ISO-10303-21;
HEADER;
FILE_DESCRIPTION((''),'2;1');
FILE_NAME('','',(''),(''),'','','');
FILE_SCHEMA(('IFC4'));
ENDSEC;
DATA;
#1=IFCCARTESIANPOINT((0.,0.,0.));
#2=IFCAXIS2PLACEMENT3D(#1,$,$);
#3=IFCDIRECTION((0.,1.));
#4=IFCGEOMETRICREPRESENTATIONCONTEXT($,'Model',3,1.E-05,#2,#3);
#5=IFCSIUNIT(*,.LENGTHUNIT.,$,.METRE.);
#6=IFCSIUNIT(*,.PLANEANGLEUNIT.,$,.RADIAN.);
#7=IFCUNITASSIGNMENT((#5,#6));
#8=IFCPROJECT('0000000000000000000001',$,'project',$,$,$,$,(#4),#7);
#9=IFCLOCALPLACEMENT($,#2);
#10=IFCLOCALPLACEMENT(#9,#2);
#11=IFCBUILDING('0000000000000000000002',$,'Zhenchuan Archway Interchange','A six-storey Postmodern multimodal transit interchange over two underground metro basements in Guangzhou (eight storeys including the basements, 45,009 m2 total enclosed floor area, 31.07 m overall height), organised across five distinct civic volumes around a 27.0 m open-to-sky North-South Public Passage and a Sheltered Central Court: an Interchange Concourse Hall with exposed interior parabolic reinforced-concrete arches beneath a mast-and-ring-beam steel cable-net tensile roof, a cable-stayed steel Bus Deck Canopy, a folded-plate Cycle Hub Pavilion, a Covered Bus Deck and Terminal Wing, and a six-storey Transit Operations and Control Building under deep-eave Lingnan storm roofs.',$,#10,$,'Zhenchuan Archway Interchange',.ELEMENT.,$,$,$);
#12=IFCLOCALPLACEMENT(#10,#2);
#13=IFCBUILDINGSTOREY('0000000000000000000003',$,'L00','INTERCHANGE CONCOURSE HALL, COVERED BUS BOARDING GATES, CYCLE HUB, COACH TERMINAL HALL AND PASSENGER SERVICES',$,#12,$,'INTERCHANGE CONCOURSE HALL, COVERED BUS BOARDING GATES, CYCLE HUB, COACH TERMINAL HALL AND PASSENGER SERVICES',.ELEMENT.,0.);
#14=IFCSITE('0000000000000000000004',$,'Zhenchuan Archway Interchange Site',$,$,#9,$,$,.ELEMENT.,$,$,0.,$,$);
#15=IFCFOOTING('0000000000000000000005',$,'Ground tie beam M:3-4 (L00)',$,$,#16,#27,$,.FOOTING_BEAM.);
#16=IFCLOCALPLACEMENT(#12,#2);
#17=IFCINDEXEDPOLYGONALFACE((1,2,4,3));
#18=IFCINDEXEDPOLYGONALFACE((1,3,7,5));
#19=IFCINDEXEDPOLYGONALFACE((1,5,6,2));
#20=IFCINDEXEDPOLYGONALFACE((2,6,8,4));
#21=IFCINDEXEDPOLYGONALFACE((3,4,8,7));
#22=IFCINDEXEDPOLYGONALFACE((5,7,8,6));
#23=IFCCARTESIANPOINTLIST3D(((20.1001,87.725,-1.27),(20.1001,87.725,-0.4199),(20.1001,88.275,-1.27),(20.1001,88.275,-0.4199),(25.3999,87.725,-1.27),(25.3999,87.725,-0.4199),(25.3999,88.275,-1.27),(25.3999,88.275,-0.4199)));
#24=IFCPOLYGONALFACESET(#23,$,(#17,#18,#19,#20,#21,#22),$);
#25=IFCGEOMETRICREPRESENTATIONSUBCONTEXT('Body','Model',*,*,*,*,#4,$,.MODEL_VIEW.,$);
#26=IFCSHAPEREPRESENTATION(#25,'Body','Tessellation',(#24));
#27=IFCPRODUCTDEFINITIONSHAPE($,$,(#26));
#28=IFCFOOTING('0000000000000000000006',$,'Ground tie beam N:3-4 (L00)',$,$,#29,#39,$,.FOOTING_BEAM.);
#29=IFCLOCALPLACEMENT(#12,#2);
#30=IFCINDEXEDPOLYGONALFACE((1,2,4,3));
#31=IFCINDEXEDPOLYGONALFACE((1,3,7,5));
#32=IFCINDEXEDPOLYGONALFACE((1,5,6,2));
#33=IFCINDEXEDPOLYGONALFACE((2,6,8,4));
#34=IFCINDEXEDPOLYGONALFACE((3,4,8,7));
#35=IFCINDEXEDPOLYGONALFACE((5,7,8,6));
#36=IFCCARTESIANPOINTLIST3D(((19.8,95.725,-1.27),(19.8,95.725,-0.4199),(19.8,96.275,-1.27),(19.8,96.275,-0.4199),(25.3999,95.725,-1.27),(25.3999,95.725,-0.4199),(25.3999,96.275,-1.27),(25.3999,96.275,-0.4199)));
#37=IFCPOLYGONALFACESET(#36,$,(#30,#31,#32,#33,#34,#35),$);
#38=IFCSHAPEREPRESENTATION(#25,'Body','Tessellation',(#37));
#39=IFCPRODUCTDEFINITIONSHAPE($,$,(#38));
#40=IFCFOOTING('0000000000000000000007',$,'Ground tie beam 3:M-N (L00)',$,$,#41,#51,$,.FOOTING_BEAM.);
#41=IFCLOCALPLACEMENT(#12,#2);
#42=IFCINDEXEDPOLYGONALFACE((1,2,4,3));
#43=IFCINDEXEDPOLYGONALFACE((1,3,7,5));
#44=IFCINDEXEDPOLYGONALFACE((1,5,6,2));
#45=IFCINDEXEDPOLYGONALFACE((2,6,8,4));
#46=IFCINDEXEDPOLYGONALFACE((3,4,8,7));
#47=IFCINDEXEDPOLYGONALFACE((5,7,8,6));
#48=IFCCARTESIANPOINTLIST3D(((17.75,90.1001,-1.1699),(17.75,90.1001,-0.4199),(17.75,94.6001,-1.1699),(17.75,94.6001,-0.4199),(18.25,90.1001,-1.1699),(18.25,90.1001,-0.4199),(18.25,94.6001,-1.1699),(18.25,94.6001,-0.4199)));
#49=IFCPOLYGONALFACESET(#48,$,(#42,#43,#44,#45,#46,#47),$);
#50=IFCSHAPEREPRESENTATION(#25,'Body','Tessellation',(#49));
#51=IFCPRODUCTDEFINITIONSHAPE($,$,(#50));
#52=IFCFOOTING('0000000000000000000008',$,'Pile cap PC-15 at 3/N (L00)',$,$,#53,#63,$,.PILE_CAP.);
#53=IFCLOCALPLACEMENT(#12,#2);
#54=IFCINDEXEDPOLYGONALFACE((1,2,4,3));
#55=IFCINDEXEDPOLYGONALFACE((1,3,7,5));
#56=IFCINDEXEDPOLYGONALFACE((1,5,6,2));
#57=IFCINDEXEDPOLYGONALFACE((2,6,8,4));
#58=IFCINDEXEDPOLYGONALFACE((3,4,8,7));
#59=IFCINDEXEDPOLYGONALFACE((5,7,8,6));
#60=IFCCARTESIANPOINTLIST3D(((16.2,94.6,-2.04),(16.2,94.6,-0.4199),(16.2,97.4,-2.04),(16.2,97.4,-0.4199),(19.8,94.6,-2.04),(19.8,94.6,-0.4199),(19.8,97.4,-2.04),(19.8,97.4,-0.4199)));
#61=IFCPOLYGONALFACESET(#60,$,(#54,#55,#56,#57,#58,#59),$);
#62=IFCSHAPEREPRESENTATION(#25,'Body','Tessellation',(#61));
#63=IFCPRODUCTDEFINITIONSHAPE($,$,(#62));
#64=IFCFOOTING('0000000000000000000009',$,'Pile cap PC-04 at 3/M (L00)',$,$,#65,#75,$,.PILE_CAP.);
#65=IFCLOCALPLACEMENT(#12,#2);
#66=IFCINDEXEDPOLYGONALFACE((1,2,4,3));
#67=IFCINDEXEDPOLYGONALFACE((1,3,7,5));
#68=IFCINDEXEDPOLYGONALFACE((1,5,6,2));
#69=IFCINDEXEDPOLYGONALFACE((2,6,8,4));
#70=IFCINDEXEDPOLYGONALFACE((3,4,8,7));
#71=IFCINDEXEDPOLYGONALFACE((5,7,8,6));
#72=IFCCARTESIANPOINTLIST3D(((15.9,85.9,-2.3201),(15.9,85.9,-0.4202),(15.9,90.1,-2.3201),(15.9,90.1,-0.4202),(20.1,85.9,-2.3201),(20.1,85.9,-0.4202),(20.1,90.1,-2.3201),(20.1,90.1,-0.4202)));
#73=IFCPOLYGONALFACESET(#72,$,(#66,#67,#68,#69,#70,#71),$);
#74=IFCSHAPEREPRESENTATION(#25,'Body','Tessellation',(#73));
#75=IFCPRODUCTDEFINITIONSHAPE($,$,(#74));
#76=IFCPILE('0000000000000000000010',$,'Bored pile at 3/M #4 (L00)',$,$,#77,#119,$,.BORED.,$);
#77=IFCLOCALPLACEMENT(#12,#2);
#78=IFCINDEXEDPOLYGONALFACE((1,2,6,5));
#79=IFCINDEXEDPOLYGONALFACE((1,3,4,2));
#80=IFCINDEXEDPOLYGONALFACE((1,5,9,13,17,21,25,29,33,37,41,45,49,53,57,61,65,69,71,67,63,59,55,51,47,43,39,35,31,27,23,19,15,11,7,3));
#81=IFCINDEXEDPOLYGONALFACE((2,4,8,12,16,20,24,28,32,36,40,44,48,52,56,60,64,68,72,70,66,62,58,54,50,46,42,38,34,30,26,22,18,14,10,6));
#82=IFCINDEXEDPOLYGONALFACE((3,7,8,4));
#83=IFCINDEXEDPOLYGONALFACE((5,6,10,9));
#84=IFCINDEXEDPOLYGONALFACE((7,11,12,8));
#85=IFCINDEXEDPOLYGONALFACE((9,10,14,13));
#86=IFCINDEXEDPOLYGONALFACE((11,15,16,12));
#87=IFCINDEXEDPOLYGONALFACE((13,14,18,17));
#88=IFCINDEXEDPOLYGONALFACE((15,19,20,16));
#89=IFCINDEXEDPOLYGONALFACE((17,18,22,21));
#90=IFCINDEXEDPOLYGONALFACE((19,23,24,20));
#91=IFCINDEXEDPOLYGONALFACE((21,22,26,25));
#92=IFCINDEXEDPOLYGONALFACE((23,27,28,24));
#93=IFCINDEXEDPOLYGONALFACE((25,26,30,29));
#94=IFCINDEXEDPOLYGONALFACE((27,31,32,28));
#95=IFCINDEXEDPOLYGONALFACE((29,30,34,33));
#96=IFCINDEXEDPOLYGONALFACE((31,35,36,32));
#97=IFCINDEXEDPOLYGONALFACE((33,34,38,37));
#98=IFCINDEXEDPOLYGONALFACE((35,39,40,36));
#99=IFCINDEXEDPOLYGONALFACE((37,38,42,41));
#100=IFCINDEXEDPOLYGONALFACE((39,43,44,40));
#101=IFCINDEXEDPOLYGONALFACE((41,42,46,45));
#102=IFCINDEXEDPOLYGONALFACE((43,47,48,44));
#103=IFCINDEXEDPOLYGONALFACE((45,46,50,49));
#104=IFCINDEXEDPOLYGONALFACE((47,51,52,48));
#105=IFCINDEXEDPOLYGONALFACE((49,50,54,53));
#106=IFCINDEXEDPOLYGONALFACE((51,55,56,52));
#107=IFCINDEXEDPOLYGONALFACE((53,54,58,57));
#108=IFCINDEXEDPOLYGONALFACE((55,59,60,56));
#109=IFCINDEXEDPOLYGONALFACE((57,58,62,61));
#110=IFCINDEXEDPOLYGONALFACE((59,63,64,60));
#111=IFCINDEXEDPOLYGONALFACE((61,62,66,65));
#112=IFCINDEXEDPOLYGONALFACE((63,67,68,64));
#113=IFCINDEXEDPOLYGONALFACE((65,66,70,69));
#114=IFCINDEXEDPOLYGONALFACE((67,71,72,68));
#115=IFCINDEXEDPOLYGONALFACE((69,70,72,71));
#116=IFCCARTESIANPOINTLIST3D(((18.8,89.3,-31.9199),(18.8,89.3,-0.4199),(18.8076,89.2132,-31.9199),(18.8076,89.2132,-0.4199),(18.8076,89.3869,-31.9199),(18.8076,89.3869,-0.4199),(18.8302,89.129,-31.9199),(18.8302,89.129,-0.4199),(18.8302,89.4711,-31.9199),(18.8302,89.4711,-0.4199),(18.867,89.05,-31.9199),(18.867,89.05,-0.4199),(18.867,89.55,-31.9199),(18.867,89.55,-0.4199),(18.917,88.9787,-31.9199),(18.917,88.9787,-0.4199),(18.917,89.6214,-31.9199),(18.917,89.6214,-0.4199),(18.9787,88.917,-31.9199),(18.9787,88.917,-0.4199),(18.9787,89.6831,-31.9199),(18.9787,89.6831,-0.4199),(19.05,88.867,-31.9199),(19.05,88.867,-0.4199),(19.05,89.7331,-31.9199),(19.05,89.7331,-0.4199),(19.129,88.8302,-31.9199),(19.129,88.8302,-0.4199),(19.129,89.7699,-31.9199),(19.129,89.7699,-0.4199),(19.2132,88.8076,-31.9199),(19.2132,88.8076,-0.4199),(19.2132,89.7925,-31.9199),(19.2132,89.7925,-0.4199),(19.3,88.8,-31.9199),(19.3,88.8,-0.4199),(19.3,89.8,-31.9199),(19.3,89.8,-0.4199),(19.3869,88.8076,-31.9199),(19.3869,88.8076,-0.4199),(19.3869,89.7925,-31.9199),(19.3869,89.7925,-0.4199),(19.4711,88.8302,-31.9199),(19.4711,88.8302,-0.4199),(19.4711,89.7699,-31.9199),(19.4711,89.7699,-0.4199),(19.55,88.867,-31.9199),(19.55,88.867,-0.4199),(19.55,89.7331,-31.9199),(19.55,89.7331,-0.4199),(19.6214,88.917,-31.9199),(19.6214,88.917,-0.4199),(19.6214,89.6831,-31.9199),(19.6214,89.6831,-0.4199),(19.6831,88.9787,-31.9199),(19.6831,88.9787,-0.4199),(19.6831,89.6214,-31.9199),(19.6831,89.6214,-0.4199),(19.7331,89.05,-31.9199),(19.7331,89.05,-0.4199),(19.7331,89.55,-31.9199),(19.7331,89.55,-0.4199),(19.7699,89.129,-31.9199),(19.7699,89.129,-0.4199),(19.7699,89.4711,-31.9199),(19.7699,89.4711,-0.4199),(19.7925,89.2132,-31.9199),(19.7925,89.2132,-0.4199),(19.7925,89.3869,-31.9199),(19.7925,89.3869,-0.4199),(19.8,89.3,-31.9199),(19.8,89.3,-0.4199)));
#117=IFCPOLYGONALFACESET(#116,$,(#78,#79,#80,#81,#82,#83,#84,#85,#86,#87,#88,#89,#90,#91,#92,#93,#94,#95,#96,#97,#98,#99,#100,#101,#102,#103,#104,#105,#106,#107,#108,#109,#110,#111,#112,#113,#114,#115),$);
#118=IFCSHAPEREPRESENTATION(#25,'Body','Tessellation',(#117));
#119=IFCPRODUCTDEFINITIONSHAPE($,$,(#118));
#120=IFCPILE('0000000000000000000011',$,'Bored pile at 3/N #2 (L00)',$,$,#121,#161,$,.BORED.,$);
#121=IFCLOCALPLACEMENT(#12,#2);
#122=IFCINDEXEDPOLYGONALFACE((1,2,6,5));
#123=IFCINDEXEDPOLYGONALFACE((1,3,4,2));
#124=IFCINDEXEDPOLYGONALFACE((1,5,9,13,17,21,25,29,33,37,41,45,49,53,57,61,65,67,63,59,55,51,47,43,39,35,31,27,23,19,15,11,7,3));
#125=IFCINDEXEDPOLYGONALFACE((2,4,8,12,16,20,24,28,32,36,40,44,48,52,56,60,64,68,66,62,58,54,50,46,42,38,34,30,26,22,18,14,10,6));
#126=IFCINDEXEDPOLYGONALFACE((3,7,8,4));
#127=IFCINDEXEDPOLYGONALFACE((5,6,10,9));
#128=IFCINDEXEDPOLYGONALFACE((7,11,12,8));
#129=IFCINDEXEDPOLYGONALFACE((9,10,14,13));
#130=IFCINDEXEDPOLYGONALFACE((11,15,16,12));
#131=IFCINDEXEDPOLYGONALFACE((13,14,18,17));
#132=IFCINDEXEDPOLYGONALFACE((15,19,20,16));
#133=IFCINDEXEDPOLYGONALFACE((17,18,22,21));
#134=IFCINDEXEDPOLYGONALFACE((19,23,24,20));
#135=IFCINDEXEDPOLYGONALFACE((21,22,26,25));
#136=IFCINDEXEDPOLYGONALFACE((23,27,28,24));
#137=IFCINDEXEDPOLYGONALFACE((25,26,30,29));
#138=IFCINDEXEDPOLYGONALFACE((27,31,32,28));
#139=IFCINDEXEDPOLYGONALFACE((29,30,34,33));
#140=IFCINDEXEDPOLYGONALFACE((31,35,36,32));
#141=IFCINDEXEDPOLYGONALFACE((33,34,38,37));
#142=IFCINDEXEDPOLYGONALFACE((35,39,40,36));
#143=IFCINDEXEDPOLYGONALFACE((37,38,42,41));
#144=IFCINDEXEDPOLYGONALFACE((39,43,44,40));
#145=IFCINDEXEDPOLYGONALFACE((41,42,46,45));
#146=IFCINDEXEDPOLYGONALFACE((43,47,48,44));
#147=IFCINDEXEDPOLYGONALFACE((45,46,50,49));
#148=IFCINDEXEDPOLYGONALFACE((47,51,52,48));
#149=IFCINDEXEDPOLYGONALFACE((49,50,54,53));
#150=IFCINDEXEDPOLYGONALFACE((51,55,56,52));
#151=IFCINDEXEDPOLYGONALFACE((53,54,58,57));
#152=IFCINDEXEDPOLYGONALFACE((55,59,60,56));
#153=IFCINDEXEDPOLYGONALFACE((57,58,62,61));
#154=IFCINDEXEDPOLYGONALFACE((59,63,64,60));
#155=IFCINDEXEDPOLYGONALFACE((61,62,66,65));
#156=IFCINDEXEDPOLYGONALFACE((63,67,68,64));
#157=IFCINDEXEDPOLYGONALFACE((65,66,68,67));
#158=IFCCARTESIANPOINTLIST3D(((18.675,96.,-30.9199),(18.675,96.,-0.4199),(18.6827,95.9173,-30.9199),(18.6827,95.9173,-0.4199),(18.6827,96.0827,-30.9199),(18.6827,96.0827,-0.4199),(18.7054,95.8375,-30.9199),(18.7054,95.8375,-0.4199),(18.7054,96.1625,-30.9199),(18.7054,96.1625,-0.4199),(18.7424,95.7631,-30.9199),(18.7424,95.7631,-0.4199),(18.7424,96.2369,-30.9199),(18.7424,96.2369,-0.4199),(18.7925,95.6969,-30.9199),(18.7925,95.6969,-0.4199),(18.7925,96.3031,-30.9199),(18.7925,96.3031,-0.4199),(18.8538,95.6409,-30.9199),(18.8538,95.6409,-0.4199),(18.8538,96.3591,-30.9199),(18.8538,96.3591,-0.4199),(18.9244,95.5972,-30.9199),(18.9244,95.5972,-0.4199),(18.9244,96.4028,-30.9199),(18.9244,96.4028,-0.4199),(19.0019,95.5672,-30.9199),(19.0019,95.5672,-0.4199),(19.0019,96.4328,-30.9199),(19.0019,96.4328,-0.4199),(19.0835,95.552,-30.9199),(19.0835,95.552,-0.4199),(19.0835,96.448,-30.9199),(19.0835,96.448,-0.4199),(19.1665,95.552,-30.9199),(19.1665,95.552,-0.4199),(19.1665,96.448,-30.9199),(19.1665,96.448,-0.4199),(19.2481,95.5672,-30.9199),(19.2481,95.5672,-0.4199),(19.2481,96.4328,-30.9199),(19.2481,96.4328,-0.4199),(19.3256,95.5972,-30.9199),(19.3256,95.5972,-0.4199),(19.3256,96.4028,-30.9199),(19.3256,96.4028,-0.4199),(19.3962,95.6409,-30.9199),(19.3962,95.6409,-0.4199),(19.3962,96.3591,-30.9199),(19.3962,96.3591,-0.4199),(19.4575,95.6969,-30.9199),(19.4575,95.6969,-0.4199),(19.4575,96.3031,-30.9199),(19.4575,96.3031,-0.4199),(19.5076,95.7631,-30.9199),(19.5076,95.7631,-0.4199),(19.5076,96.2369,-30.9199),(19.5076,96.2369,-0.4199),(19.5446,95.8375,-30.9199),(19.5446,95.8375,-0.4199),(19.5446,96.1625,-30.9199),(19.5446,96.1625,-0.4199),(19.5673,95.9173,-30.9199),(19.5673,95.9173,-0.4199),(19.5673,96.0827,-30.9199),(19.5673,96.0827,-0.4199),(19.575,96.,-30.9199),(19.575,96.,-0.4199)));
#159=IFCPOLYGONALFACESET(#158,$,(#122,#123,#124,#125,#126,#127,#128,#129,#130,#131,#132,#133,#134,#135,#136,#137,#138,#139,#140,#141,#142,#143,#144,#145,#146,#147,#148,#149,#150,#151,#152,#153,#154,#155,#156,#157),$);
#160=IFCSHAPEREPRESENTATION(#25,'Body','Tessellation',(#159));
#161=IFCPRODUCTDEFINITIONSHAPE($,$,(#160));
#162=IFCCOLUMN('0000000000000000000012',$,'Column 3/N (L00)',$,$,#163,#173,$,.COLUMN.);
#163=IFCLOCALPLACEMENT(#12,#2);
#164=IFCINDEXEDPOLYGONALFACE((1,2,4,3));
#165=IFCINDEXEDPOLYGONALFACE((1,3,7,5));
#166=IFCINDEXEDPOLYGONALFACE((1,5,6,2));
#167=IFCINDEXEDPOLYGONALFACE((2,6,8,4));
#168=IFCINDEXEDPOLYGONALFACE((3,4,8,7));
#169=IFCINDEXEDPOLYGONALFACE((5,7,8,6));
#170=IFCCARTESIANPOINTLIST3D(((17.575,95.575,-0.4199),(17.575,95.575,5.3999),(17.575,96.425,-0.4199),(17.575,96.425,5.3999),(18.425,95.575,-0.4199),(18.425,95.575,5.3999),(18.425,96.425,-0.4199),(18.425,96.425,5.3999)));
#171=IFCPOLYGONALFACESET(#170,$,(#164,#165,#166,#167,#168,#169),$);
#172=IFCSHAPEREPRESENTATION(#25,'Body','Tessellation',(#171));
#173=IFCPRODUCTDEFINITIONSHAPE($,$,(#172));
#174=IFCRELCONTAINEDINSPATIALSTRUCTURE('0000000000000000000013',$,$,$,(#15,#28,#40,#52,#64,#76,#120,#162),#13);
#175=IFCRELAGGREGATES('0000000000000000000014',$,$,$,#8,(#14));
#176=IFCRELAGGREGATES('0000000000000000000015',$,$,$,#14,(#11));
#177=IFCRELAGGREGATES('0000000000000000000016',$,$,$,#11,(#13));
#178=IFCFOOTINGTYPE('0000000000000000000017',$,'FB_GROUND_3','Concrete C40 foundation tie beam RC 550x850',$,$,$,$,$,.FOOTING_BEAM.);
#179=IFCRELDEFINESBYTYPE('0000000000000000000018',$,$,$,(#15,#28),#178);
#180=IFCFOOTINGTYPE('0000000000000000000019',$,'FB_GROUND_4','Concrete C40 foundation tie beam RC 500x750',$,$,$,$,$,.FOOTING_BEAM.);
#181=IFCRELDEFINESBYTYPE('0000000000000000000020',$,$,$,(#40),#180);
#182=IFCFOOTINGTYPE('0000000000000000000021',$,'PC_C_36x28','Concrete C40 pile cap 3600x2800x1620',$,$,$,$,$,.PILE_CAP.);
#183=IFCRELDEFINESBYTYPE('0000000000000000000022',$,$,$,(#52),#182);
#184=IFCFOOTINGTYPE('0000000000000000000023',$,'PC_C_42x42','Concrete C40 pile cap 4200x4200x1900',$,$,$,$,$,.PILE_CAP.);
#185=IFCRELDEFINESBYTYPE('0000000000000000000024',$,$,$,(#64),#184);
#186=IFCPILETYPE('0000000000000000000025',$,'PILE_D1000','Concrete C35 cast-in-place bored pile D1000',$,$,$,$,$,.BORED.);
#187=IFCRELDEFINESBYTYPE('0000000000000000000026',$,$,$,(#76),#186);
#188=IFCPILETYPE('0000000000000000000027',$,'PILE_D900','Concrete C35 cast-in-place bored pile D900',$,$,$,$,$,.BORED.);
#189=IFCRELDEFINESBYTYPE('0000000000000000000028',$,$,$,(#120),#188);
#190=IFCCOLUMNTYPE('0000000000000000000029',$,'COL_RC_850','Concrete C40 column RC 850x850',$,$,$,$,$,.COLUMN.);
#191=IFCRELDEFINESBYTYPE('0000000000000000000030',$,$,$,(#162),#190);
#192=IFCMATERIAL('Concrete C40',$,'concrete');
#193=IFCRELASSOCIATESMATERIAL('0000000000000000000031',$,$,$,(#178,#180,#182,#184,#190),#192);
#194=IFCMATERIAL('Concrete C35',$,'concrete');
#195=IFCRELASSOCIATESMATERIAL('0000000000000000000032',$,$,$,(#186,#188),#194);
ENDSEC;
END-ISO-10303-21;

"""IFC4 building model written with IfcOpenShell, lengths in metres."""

from ifc_helpers import new_model, si_unit, direction, frame, origin, origin_2d, place, context, subcontext, project, spatial, rectangle, circle, extrude, material, material_profile, profile_set, type_object, element, save


model = new_model("IFC4")

# Units and contexts
model_context = context("Model", 3, precision=1e-05, world=origin(), true_north=direction((0.0, 1.0)))
body_context = subcontext(model_context, "Body", "Model", "MODEL_VIEW")
ifc_project = project(units=[si_unit("LENGTHUNIT", "METRE"), si_unit("PLANEANGLEUNIT", "RADIAN")], contexts=[model_context])

# Site, building, storey
site_placement = place(None, origin())
site = spatial("IfcSite", under=ifc_project, at=site_placement, Name="Zhenchuan Archway Interchange Site", CompositionType="ELEMENT", RefElevation=0.0)
building_placement = place(site_placement, origin())
building = spatial("IfcBuilding", under=site, at=building_placement, Name="Zhenchuan Archway Interchange", Description="A six-storey Postmodern multimodal transit interchange over two underground metro basements in Guangzhou (eight storeys including the basements, 45,009 m2 total enclosed floor area, 31.07 m overall height), organised across five distinct civic volumes around a 27.0 m open-to-sky North-South Public Passage and a Sheltered Central Court: an Interchange Concourse Hall with exposed interior parabolic reinforced-concrete arches beneath a mast-and-ring-beam steel cable-net tensile roof, a cable-stayed steel Bus Deck Canopy, a folded-plate Cycle Hub Pavilion, a Covered Bus Deck and Terminal Wing, and a six-storey Transit Operations and Control Building under deep-eave Lingnan storm roofs.", LongName="Zhenchuan Archway Interchange", CompositionType="ELEMENT")
storey_placement = place(building_placement, origin())
storey = spatial("IfcBuildingStorey", under=building, at=storey_placement, Name="L00", Description="INTERCHANGE CONCOURSE HALL, COVERED BUS BOARDING GATES, CYCLE HUB, COACH TERMINAL HALL AND PASSENGER SERVICES", LongName="INTERCHANGE CONCOURSE HALL, COVERED BUS BOARDING GATES, CYCLE HUB, COACH TERMINAL HALL AND PASSENGER SERVICES", CompositionType="ELEMENT", Elevation=0.0)

# Footings
ifc_material_1 = material(Name="Concrete C40", Category="concrete")
ifc_material_profile_1 = material_profile(ifc_material_1, rectangle(XDim=0.55, YDim=0.8501, at=origin_2d()), Name="RC 550x850")
ifc_profile_set_1 = profile_set([ifc_material_profile_1], Name="Concrete C40")
footing_type_1 = type_object("IfcFootingType", Name="FB_GROUND_3", Description="Concrete C40 foundation tie beam RC 550x850", PredefinedType="FOOTING_BEAM", material=ifc_profile_set_1)
footing_1_placement = place(storey_placement, frame((20.1001, 88.0, -0.845), z_axis=(1.0, 0.0, 0.0), x_axis=(0.0, 1.0, 0.0)))
element("IfcFooting", 1, at=footing_1_placement, inside=storey, type_object=footing_type_1, Name="Ground tie beam M:3-4 (L00)", PredefinedType="FOOTING_BEAM", context=body_context, shape_type="SweptSolid", body=[
    extrude(rectangle(XDim=0.55, YDim=0.8501, at=origin_2d()), origin(), (0.0, 0.0, 1.0), 5.2998),
])
footing_2_placement = place(storey_placement, frame((19.8, 96.0, -0.845), z_axis=(1.0, 0.0, 0.0), x_axis=(0.0, 1.0, 0.0)))
element("IfcFooting", 2, at=footing_2_placement, inside=storey, type_object=footing_type_1, Name="Ground tie beam N:3-4 (L00)", PredefinedType="FOOTING_BEAM", context=body_context, shape_type="SweptSolid", body=[
    extrude(rectangle(XDim=0.55, YDim=0.8501, at=origin_2d()), origin(), (0.0, 0.0, 1.0), 5.5999),
])
ifc_material_profile_2 = material_profile(ifc_material_1, rectangle(XDim=0.5, YDim=0.75, at=origin_2d()), Name="RC 500x750")
ifc_profile_set_2 = profile_set([ifc_material_profile_2], Name="Concrete C40")
footing_type_2 = type_object("IfcFootingType", Name="FB_GROUND_4", Description="Concrete C40 foundation tie beam RC 500x750", PredefinedType="FOOTING_BEAM", material=ifc_profile_set_2)
footing_3_placement = place(storey_placement, frame((18.0, 90.1001, -0.7949), z_axis=(0.0, 1.0, 0.0), x_axis=(-1.0, 0.0, 0.0)))
element("IfcFooting", 3, at=footing_3_placement, inside=storey, type_object=footing_type_2, Name="Ground tie beam 3:M-N (L00)", PredefinedType="FOOTING_BEAM", context=body_context, shape_type="SweptSolid", body=[
    extrude(rectangle(XDim=0.5, YDim=0.75, at=origin_2d()), origin(), (0.0, 0.0, 1.0), 4.5),
])
footing_type_3 = type_object("IfcFootingType", Name="PC_C_36x28", Description="Concrete C40 pile cap 3600x2800x1620", PredefinedType="PILE_CAP", material=ifc_material_1)
footing_4_placement = place(storey_placement, frame((18.0, 96.0, -2.04), z_axis=(0.0, 0.0, 1.0), x_axis=(1.0, 0.0, 0.0)))
element("IfcFooting", 4, at=footing_4_placement, inside=storey, type_object=footing_type_3, Name="Pile cap PC-15 at 3/N (L00)", PredefinedType="PILE_CAP", context=body_context, shape_type="SweptSolid", body=[
    extrude(rectangle(XDim=3.6001, YDim=2.8, at=origin_2d()), origin(), (0.0, 0.0, 1.0), 1.6201),
])
footing_type_4 = type_object("IfcFootingType", Name="PC_C_42x42", Description="Concrete C40 pile cap 4200x4200x1900", PredefinedType="PILE_CAP", material=ifc_material_1)
footing_5_placement = place(storey_placement, frame((18.0, 88.0, -2.3201), z_axis=(0.0, 0.0, 1.0), x_axis=(1.0, 0.0, 0.0)))
element("IfcFooting", 5, at=footing_5_placement, inside=storey, type_object=footing_type_4, Name="Pile cap PC-04 at 3/M (L00)", PredefinedType="PILE_CAP", context=body_context, shape_type="SweptSolid", body=[
    extrude(rectangle(XDim=4.2, YDim=4.2, at=origin_2d()), origin(), (0.0, 0.0, 1.0), 1.8999),
])

# Piles
ifc_material_2 = material(Name="Concrete C35", Category="concrete")
ifc_material_profile_3 = material_profile(ifc_material_2, circle(Radius=0.5, at=origin_2d()), Name="BORED PILE 1000")
ifc_profile_set_3 = profile_set([ifc_material_profile_3], Name="Concrete C35")
pile_type_1 = type_object("IfcPileType", Name="PILE_D1000", Description="Concrete C35 cast-in-place bored pile D1000", PredefinedType="BORED", material=ifc_profile_set_3)
pile_1_placement = place(storey_placement, frame((19.3, 89.3, -0.4199), z_axis=(0.0, 0.0, -1.0), x_axis=(1.0, 0.0, 0.0)))
element("IfcPile", 6, at=pile_1_placement, inside=storey, type_object=pile_type_1, Name="Bored pile at 3/M #4 (L00)", PredefinedType="BORED", context=body_context, shape_type="SweptSolid", body=[
    extrude(circle(Radius=0.5, at=origin_2d()), origin(), (0.0, 0.0, 1.0), 31.5),
])
ifc_material_profile_4 = material_profile(ifc_material_2, circle(Radius=0.45, at=origin_2d()), Name="BORED PILE 900")
ifc_profile_set_4 = profile_set([ifc_material_profile_4], Name="Concrete C35")
pile_type_2 = type_object("IfcPileType", Name="PILE_D900", Description="Concrete C35 cast-in-place bored pile D900", PredefinedType="BORED", material=ifc_profile_set_4)
pile_2_placement = place(storey_placement, frame((19.125, 96.0, -0.4199), z_axis=(0.0, 0.0, -1.0), x_axis=(1.0, 0.0, 0.0)))
element("IfcPile", 7, at=pile_2_placement, inside=storey, type_object=pile_type_2, Name="Bored pile at 3/N #2 (L00)", PredefinedType="BORED", context=body_context, shape_type="SweptSolid", body=[
    extrude(circle(Radius=0.45, at=origin_2d()), origin(), (0.0, 0.0, 1.0), 30.5),
])

# Column
ifc_material_profile_5 = material_profile(ifc_material_1, rectangle(XDim=0.8501, YDim=0.8501, at=origin_2d()), Name="RC 850x850")
ifc_profile_set_5 = profile_set([ifc_material_profile_5], Name="Concrete C40")
column_type_1 = type_object("IfcColumnType", Name="COL_RC_850", Description="Concrete C40 column RC 850x850", PredefinedType="COLUMN", material=ifc_profile_set_5)
column_1_placement = place(storey_placement, frame((18.0, 96.0, -0.4199), z_axis=(0.0, 0.0, 1.0), x_axis=(1.0, 0.0, 0.0)))
element("IfcColumn", 8, at=column_1_placement, inside=storey, type_object=column_type_1, Name="Column 3/N (L00)", PredefinedType="COLUMN", context=body_context, shape_type="SweptSolid", body=[
    extrude(rectangle(XDim=0.8501, YDim=0.8501, at=origin_2d()), origin(), (0.0, 0.0, 1.0), 5.8198),
])

save(model, "model.ifc")
